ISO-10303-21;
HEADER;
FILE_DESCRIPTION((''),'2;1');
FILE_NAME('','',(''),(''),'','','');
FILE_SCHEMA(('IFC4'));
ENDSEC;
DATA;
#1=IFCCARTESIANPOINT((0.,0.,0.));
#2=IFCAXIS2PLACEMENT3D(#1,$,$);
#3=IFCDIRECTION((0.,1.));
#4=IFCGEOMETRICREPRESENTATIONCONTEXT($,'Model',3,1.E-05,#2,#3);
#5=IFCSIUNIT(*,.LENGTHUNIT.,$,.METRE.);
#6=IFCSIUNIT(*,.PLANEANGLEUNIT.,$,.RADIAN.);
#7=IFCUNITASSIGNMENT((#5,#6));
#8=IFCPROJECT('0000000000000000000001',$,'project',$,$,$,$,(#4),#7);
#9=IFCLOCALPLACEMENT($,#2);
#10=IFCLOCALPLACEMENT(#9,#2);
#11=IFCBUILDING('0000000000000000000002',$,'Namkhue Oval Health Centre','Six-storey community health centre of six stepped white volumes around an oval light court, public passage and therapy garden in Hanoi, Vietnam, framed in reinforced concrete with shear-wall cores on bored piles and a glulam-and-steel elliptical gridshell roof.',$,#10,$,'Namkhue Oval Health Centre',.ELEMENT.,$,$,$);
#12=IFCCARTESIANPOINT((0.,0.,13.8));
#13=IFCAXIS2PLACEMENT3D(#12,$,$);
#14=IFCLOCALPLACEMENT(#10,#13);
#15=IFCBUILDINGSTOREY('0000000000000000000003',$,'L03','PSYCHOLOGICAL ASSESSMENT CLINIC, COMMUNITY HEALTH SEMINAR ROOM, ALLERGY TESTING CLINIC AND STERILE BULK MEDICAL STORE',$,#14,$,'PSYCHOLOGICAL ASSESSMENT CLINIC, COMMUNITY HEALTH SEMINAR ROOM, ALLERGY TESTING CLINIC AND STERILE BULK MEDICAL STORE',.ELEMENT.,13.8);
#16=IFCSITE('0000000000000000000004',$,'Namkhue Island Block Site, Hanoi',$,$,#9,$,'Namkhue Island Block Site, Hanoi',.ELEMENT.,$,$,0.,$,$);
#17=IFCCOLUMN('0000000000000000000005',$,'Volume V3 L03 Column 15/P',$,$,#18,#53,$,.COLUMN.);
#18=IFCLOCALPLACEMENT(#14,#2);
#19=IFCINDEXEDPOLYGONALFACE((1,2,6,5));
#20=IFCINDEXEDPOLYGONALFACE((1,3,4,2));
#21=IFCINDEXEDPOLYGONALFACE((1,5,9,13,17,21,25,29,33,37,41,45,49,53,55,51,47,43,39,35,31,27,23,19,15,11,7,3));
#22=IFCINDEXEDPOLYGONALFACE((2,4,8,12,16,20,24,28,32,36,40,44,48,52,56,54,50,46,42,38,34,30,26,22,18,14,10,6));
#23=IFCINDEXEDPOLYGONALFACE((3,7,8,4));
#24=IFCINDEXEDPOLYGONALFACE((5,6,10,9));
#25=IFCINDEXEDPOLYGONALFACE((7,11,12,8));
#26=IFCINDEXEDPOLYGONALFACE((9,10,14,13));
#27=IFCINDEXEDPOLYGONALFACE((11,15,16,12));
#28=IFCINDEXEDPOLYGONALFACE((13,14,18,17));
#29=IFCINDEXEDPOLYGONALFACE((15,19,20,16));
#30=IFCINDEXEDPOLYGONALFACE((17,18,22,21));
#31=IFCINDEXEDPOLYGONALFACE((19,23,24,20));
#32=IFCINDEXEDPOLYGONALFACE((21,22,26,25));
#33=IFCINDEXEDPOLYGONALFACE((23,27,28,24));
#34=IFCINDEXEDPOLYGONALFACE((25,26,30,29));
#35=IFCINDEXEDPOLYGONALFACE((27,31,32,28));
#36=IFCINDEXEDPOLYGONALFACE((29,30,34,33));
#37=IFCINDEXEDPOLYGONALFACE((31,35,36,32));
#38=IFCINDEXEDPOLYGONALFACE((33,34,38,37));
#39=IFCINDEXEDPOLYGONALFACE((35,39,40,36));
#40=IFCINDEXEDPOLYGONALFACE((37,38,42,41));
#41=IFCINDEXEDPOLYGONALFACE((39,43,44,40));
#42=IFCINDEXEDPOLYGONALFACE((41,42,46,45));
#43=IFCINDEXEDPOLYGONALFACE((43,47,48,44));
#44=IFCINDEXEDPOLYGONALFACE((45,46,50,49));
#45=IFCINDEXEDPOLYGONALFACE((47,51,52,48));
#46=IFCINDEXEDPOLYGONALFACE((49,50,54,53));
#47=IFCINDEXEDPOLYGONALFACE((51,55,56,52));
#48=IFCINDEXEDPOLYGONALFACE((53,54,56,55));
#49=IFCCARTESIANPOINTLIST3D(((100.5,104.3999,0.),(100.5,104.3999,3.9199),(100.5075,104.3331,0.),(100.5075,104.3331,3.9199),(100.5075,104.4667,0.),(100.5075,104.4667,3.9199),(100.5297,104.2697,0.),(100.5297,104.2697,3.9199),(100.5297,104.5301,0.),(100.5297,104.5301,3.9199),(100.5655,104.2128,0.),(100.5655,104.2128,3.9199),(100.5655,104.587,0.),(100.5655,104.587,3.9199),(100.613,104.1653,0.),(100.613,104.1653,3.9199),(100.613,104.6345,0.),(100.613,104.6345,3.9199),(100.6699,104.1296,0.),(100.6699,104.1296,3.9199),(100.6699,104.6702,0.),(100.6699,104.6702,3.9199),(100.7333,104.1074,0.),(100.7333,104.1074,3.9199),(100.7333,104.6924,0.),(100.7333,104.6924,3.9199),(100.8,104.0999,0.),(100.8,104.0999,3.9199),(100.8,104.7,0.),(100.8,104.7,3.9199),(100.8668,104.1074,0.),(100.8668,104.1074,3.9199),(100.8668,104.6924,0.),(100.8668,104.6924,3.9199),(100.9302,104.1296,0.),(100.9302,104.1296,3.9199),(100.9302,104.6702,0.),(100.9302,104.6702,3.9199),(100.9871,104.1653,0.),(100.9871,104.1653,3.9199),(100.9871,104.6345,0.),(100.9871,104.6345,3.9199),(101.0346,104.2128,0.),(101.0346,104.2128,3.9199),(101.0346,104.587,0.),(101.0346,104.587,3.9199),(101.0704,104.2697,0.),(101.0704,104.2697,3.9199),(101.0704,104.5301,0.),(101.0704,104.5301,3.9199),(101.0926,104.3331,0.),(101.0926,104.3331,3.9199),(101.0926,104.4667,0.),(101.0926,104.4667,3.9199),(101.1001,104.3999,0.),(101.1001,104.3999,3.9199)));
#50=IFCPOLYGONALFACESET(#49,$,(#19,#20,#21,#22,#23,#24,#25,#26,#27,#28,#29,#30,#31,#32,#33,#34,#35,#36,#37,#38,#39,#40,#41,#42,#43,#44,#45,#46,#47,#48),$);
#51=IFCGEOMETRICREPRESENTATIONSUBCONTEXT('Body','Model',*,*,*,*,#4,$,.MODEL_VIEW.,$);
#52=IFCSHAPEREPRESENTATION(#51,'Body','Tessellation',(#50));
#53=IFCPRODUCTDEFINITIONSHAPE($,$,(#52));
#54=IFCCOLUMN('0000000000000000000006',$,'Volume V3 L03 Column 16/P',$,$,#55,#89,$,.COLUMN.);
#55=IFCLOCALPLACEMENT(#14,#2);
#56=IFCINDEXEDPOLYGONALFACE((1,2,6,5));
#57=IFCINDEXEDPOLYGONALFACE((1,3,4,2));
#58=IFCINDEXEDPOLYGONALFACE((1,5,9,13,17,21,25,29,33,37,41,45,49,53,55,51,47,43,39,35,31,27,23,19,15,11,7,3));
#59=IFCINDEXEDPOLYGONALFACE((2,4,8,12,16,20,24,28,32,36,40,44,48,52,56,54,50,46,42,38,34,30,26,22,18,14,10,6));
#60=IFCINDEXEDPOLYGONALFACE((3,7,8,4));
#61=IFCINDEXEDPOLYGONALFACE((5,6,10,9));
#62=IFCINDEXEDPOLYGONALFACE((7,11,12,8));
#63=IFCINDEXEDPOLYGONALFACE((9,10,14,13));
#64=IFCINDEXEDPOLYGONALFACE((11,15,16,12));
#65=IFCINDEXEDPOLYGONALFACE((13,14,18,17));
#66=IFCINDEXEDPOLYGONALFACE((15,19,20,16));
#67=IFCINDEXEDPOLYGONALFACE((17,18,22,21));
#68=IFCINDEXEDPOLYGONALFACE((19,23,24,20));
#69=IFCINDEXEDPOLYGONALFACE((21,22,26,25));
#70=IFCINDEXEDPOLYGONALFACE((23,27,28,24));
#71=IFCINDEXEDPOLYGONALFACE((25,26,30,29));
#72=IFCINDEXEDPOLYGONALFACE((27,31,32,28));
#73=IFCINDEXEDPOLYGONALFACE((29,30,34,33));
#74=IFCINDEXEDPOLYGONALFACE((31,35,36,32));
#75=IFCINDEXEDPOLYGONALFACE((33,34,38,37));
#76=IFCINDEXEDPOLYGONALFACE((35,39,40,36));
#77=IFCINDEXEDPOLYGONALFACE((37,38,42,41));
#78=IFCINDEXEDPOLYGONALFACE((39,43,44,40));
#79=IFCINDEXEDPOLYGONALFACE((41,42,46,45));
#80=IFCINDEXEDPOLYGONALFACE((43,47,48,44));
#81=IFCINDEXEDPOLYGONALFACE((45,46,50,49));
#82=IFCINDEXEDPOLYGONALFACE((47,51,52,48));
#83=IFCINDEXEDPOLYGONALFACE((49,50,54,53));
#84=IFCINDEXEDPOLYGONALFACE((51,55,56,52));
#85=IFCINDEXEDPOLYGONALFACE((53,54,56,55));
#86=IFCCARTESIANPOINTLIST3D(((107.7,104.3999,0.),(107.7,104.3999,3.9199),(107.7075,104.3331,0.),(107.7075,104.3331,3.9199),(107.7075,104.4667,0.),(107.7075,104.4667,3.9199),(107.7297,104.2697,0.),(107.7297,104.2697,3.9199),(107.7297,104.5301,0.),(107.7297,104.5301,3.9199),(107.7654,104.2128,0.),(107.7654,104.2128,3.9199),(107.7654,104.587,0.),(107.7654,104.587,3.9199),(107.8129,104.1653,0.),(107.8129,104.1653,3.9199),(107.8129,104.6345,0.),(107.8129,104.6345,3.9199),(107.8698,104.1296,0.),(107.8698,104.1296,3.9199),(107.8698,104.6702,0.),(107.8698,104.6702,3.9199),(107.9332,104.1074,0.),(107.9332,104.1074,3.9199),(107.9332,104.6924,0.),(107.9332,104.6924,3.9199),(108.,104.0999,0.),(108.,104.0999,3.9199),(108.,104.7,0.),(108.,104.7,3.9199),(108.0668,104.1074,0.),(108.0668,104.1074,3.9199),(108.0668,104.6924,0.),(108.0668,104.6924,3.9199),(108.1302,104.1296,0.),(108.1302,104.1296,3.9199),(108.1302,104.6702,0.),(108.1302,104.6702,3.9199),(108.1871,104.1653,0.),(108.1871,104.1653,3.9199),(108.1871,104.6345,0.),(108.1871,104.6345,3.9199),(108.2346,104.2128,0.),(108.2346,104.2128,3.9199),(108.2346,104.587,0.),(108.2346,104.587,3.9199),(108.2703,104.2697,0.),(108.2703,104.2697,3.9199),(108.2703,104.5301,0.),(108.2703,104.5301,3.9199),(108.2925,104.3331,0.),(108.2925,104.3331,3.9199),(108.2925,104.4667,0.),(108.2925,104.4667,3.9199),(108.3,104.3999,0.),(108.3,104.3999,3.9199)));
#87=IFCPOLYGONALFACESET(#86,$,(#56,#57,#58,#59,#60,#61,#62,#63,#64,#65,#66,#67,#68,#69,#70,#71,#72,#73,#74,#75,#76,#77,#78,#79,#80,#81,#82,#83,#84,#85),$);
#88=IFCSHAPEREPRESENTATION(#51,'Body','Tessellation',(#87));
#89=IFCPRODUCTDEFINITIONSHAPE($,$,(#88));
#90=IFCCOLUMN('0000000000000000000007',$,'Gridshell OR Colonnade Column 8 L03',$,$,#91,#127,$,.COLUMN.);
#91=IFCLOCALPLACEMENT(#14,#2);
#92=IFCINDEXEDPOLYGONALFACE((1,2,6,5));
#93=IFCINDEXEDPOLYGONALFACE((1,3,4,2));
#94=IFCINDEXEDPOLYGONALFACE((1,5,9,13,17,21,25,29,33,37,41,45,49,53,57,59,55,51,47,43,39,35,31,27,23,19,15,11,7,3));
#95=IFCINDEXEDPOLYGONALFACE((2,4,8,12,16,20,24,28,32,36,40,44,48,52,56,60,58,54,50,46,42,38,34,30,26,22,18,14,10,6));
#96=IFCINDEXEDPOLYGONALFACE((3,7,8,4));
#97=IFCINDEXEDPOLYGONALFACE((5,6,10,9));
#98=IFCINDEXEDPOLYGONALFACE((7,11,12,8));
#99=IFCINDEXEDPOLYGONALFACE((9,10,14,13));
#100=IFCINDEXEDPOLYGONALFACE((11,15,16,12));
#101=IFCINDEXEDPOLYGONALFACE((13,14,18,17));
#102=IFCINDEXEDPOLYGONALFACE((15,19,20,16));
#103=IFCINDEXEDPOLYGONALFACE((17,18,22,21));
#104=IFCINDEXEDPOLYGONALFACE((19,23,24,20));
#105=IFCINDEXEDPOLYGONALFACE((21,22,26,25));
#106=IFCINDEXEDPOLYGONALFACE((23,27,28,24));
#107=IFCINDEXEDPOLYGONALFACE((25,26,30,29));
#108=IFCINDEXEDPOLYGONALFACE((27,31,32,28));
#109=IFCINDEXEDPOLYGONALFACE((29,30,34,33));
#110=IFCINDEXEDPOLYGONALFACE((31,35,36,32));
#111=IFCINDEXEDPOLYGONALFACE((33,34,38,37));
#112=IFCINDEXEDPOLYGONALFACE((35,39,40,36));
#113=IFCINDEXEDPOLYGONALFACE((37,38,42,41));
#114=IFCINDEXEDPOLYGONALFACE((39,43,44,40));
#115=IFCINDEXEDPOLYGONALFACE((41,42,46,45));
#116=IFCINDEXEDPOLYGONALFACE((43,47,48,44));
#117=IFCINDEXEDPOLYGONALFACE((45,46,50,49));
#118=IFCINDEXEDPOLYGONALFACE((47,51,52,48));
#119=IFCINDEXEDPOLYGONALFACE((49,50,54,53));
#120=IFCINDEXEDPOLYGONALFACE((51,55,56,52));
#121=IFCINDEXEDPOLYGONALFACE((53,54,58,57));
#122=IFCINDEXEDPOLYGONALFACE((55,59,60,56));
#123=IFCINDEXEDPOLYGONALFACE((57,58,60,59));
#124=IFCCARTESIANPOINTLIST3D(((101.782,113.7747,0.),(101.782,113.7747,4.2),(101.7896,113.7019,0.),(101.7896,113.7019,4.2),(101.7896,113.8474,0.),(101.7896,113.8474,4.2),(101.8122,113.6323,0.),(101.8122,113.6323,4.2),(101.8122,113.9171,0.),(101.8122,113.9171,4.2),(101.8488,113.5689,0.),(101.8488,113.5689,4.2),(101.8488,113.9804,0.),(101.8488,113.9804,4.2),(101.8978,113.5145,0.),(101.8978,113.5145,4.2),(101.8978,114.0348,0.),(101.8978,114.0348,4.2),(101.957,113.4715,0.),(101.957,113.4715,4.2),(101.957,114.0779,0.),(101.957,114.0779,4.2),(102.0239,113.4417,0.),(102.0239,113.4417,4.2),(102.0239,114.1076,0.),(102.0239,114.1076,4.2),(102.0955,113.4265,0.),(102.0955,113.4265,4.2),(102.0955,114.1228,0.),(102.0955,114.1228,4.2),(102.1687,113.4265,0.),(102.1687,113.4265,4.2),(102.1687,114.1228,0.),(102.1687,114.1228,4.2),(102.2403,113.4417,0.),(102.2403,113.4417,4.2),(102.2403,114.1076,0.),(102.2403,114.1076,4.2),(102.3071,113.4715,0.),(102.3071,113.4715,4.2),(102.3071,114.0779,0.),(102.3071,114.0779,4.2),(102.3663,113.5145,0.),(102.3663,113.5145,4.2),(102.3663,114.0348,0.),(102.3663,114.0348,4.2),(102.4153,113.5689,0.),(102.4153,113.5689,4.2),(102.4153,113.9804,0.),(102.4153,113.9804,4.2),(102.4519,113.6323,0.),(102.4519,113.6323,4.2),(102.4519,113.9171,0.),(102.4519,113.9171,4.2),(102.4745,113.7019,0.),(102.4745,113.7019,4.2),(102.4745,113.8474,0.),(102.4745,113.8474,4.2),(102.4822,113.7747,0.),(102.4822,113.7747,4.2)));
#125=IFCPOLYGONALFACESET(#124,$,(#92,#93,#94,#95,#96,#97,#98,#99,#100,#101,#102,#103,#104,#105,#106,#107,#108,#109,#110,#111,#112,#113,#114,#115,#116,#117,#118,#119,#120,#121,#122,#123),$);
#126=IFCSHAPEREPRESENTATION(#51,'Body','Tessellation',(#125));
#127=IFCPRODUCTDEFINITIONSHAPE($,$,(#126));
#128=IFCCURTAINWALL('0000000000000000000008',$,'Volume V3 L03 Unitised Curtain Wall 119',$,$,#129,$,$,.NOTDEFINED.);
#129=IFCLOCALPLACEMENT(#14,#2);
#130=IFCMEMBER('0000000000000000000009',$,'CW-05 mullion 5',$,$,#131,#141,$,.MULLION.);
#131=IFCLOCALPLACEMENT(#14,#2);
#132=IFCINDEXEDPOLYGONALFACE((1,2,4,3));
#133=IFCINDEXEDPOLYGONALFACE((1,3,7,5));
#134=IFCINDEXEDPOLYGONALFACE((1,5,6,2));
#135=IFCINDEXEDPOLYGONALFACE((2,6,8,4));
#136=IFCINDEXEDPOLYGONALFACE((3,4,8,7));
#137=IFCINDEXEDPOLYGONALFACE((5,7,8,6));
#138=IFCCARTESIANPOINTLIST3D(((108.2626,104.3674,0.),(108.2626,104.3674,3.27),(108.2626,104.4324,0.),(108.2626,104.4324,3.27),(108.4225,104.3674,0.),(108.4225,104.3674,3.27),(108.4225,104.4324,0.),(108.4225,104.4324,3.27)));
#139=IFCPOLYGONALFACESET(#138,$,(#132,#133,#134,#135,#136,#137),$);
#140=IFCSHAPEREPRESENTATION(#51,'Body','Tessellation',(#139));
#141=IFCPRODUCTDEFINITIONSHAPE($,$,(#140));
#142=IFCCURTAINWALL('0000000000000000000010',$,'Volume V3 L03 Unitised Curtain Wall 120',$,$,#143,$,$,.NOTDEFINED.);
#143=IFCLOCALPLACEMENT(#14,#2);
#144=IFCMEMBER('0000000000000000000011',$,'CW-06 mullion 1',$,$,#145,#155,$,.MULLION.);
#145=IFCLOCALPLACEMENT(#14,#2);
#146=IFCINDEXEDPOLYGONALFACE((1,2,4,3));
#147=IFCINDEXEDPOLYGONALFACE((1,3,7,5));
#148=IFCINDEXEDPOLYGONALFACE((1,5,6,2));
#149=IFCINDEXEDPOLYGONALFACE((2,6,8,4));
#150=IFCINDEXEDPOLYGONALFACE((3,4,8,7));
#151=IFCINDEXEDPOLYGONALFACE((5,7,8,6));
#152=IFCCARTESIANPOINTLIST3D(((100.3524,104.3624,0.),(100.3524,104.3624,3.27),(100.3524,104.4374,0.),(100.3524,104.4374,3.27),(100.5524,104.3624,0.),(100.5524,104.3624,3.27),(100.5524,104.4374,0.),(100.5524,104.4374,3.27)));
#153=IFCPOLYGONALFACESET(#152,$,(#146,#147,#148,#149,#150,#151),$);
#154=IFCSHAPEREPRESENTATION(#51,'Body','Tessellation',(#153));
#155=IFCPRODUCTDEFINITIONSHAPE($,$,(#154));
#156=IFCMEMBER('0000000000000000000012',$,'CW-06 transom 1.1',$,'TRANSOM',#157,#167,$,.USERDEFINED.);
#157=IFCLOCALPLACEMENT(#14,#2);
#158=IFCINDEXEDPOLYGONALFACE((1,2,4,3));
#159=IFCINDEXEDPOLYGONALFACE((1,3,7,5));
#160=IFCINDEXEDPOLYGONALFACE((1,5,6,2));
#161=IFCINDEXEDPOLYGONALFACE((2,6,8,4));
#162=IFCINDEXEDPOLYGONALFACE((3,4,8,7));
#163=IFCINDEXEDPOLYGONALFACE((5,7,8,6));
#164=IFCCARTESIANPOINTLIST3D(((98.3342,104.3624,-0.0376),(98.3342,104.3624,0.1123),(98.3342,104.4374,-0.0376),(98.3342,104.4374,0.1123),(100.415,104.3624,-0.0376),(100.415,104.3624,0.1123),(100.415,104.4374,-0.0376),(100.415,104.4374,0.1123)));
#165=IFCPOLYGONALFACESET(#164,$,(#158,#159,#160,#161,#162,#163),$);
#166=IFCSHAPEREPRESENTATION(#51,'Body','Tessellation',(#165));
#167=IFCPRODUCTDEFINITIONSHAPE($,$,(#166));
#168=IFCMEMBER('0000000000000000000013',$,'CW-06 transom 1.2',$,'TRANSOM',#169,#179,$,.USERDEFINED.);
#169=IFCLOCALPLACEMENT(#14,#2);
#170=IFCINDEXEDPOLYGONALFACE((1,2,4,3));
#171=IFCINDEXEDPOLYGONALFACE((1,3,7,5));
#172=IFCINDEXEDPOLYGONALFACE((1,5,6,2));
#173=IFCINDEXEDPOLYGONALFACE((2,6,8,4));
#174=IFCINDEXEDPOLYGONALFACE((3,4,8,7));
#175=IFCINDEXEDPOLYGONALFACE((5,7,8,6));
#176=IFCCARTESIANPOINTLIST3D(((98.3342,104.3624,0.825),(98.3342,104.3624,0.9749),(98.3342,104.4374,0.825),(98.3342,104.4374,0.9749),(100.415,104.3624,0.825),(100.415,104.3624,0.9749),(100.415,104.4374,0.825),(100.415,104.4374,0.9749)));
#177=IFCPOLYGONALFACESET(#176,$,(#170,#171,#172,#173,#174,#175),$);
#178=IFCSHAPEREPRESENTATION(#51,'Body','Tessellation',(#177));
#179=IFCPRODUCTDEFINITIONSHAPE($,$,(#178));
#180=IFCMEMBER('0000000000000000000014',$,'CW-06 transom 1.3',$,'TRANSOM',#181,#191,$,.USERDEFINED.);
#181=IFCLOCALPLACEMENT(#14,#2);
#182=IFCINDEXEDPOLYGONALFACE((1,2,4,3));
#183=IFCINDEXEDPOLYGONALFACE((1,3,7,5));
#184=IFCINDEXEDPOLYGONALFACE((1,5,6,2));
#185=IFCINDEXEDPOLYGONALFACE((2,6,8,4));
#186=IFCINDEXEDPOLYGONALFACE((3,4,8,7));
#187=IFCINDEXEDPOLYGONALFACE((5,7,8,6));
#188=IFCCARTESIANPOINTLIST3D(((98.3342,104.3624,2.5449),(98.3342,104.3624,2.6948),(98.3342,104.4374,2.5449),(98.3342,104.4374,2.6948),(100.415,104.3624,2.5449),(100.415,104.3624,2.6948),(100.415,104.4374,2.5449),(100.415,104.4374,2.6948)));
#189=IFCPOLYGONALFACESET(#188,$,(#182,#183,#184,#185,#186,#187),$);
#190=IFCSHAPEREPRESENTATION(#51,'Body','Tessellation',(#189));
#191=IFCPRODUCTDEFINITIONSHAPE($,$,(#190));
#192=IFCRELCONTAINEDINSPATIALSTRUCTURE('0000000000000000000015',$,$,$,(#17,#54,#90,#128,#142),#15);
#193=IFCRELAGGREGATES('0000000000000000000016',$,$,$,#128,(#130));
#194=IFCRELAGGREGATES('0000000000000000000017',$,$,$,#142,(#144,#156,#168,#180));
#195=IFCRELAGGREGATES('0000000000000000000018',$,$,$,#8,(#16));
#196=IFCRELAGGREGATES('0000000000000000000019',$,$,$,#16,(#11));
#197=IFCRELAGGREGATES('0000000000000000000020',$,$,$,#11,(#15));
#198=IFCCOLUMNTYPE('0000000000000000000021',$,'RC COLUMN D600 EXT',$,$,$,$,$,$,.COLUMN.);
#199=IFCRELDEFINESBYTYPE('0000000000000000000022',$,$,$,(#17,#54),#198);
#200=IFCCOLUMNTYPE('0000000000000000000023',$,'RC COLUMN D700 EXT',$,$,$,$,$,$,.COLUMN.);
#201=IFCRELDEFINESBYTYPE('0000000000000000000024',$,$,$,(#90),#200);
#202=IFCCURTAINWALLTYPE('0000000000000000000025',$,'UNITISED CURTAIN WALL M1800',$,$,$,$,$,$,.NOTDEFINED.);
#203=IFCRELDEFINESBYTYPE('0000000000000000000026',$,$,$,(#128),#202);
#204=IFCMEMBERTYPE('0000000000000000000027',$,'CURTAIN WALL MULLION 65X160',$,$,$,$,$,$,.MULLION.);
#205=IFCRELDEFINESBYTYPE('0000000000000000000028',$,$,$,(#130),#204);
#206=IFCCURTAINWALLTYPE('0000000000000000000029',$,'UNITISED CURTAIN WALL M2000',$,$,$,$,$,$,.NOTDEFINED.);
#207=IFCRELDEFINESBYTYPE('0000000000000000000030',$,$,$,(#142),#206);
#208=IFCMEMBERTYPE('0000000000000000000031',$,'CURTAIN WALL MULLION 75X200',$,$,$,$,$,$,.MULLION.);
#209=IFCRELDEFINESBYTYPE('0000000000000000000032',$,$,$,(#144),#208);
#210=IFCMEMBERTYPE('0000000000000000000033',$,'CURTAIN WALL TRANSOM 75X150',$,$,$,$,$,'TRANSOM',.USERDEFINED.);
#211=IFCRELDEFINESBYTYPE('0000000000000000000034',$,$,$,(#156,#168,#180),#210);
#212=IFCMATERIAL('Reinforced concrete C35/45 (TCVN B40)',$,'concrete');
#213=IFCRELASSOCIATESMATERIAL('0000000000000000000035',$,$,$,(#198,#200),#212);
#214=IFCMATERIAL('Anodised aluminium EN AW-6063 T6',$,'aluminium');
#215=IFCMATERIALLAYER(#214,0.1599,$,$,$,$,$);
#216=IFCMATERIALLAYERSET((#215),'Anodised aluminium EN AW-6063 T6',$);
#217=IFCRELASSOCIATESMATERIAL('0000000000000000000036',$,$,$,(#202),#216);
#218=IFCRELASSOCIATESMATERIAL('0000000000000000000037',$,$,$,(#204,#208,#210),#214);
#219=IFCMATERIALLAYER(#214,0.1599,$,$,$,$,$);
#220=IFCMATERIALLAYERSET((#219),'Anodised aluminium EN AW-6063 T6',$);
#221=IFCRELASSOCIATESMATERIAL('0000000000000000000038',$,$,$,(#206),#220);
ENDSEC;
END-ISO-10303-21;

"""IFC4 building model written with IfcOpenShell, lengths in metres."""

from ifc_helpers import new_model, si_unit, direction, frame, origin, origin_2d, place, context, subcontext, project, spatial, rectangle, circle, extrude, material, layer, layer_set, material_profile, profile_set, type_object, element, aggregate, save


model = new_model("IFC4")

# Units and contexts
model_context = context("Model", 3, precision=1e-05, world=origin(), true_north=direction((0.0, 1.0)))
body_context = subcontext(model_context, "Body", "Model", "MODEL_VIEW")
ifc_project = project(units=[si_unit("LENGTHUNIT", "METRE"), si_unit("PLANEANGLEUNIT", "RADIAN")], contexts=[model_context])

# Site, building, storey
site_placement = place(None, origin())
site = spatial("IfcSite", under=ifc_project, at=site_placement, Name="Namkhue Island Block Site, Hanoi", LongName="Namkhue Island Block Site, Hanoi", CompositionType="ELEMENT", RefElevation=0.0)
building_placement = place(site_placement, origin())
building = spatial("IfcBuilding", under=site, at=building_placement, Name="Namkhue Oval Health Centre", Description="Six-storey community health centre of six stepped white volumes around an oval light court, public passage and therapy garden in Hanoi, Vietnam, framed in reinforced concrete with shear-wall cores on bored piles and a glulam-and-steel elliptical gridshell roof.", LongName="Namkhue Oval Health Centre", CompositionType="ELEMENT")
storey_placement = place(building_placement, frame((0.0, 0.0, 13.8)))
storey = spatial("IfcBuildingStorey", under=building, at=storey_placement, Name="L03", Description="PSYCHOLOGICAL ASSESSMENT CLINIC, COMMUNITY HEALTH SEMINAR ROOM, ALLERGY TESTING CLINIC AND STERILE BULK MEDICAL STORE", LongName="PSYCHOLOGICAL ASSESSMENT CLINIC, COMMUNITY HEALTH SEMINAR ROOM, ALLERGY TESTING CLINIC AND STERILE BULK MEDICAL STORE", CompositionType="ELEMENT", Elevation=13.8)

# Columns
ifc_material_1 = material(Name="Reinforced concrete C35/45 (TCVN B40)", Category="concrete")
ifc_material_profile_1 = material_profile(ifc_material_1, circle(Radius=0.3, at=origin_2d()), Name="RC D600")
ifc_profile_set_1 = profile_set([ifc_material_profile_1], Name="Reinforced concrete C35/45 (TCVN B40)")
column_type_1 = type_object("IfcColumnType", Name="RC COLUMN D600 EXT", PredefinedType="COLUMN", material=ifc_profile_set_1)
for number, where, z_axis, x_axis, name in (
    (1, (100.8, 104.3999, 0.0), (0.0, 0.0, 1.0), (1.0, 0.0, 0.0), "Volume V3 L03 Column 15/P"),
    (2, (108.0, 104.3999, 0.0), (0.0, 0.0, 1.0), (1.0, 0.0, 0.0), "Volume V3 L03 Column 16/P"),
):
    element("IfcColumn", number, at=place(storey_placement, frame(where, z_axis=z_axis, x_axis=x_axis)), inside=storey, type_object=column_type_1, Name=name, PredefinedType="COLUMN", context=body_context, shape_type="SweptSolid", body=[
        extrude(circle(Radius=0.3, at=origin_2d()), origin(), (0.0, 0.0, 1.0), 3.9199),
    ])
ifc_material_profile_2 = material_profile(ifc_material_1, circle(Radius=0.3501, at=origin_2d()), Name="RC D700")
ifc_profile_set_2 = profile_set([ifc_material_profile_2], Name="Reinforced concrete C35/45 (TCVN B40)")
column_type_2 = type_object("IfcColumnType", Name="RC COLUMN D700 EXT", PredefinedType="COLUMN", material=ifc_profile_set_2)
column_placement = place(storey_placement, frame((102.1321, 113.7747, 0.0), z_axis=(0.0, 0.0, 1.0), x_axis=(1.0, 0.0, 0.0)))
element("IfcColumn", 3, at=column_placement, inside=storey, type_object=column_type_2, Name="Gridshell OR Colonnade Column 8 L03", PredefinedType="COLUMN", context=body_context, shape_type="SweptSolid", body=[
    extrude(circle(Radius=0.3501, at=origin_2d()), origin(), (0.0, 0.0, 1.0), 4.2),
])

# Curtain wall, member
ifc_material_2 = material(Name="Anodised aluminium EN AW-6063 T6", Category="aluminium")
ifc_layer_1 = layer(ifc_material_2, 0.1599)
ifc_layer_set_1 = layer_set([ifc_layer_1], Name="Anodised aluminium EN AW-6063 T6")
curtain_wall_type_1 = type_object("IfcCurtainWallType", Name="UNITISED CURTAIN WALL M1800", PredefinedType="NOTDEFINED", material=ifc_layer_set_1)
curtain_wall_1_placement = place(storey_placement, origin())
curtain_wall_1 = element("IfcCurtainWall", 4, at=curtain_wall_1_placement, inside=storey, type_object=curtain_wall_type_1, Name="Volume V3 L03 Unitised Curtain Wall 119", PredefinedType="NOTDEFINED")
ifc_material_profile_3 = material_profile(ifc_material_2, rectangle(XDim=0.0649, YDim=0.1599, at=origin_2d()), Name="ALU 65x160")
ifc_profile_set_3 = profile_set([ifc_material_profile_3], Name="Anodised aluminium EN AW-6063 T6")
member_type_1 = type_object("IfcMemberType", Name="CURTAIN WALL MULLION 65X160", PredefinedType="MULLION", material=ifc_profile_set_3)
member_1_placement = place(storey_placement, frame((108.3425, 104.3999, 0.0), z_axis=(0.0, 0.0, 1.0), x_axis=(0.0, -1.0, 0.0)))
member_1 = element("IfcMember", 5, at=member_1_placement, type_object=member_type_1, Name="CW-05 mullion 5", PredefinedType="MULLION", context=body_context, shape_type="SweptSolid", body=[
    extrude(rectangle(XDim=0.0649, YDim=0.1599, at=origin_2d()), origin(), (0.0, 0.0, 1.0), 3.27),
])
aggregate(curtain_wall_1, [member_1])

# Curtain wall, members
ifc_layer_2 = layer(ifc_material_2, 0.1599)
ifc_layer_set_2 = layer_set([ifc_layer_2], Name="Anodised aluminium EN AW-6063 T6")
curtain_wall_type_2 = type_object("IfcCurtainWallType", Name="UNITISED CURTAIN WALL M2000", PredefinedType="NOTDEFINED", material=ifc_layer_set_2)
curtain_wall_2_placement = place(storey_placement, origin())
curtain_wall_2 = element("IfcCurtainWall", 6, at=curtain_wall_2_placement, inside=storey, type_object=curtain_wall_type_2, Name="Volume V3 L03 Unitised Curtain Wall 120", PredefinedType="NOTDEFINED")
ifc_material_profile_4 = material_profile(ifc_material_2, rectangle(XDim=0.075, YDim=0.2, at=origin_2d()), Name="ALU 75x200")
ifc_profile_set_4 = profile_set([ifc_material_profile_4], Name="Anodised aluminium EN AW-6063 T6")
member_type_2 = type_object("IfcMemberType", Name="CURTAIN WALL MULLION 75X200", PredefinedType="MULLION", material=ifc_profile_set_4)
member_2_placement = place(storey_placement, frame((100.4524, 104.3999, 0.0), z_axis=(0.0, 0.0, 1.0), x_axis=(0.0, -1.0, 0.0)))
member_2 = element("IfcMember", 7, at=member_2_placement, type_object=member_type_2, Name="CW-06 mullion 1", PredefinedType="MULLION", context=body_context, shape_type="SweptSolid", body=[
    extrude(rectangle(XDim=0.075, YDim=0.2, at=origin_2d()), origin(), (0.0, 0.0, 1.0), 3.27),
])
ifc_material_profile_5 = material_profile(ifc_material_2, rectangle(XDim=0.075, YDim=0.1499, at=origin_2d()), Name="ALU 75x150")
ifc_profile_set_5 = profile_set([ifc_material_profile_5], Name="Anodised aluminium EN AW-6063 T6")
member_type_3 = type_object("IfcMemberType", Name="CURTAIN WALL TRANSOM 75X150", ElementType="TRANSOM", PredefinedType="USERDEFINED", material=ifc_profile_set_5)
member_3_placement = place(storey_placement, frame((100.415, 104.3999, 0.0374), z_axis=(-1.0, 0.0, 0.0), x_axis=(0.0, -1.0, 0.0)))
member_3 = element("IfcMember", 8, at=member_3_placement, type_object=member_type_3, Name="CW-06 transom 1.1", ObjectType="TRANSOM", PredefinedType="USERDEFINED", context=body_context, shape_type="SweptSolid", body=[
    extrude(rectangle(XDim=0.075, YDim=0.1499, at=origin_2d()), origin(), (0.0, 0.0, 1.0), 2.0808),
])
member_4_placement = place(storey_placement, frame((100.415, 104.3999, 0.8999), z_axis=(-1.0, 0.0, 0.0), x_axis=(0.0, -1.0, 0.0)))
member_4 = element("IfcMember", 9, at=member_4_placement, type_object=member_type_3, Name="CW-06 transom 1.2", ObjectType="TRANSOM", PredefinedType="USERDEFINED", context=body_context, shape_type="SweptSolid", body=[
    extrude(rectangle(XDim=0.075, YDim=0.1499, at=origin_2d()), origin(), (0.0, 0.0, 1.0), 2.0808),
])
member_5_placement = place(storey_placement, frame((100.415, 104.3999, 2.6199), z_axis=(-1.0, 0.0, 0.0), x_axis=(0.0, -1.0, 0.0)))
member_5 = element("IfcMember", 10, at=member_5_placement, type_object=member_type_3, Name="CW-06 transom 1.3", ObjectType="TRANSOM", PredefinedType="USERDEFINED", context=body_context, shape_type="SweptSolid", body=[
    extrude(rectangle(XDim=0.075, YDim=0.1499, at=origin_2d()), origin(), (0.0, 0.0, 1.0), 2.0808),
])

aggregate(curtain_wall_2, [member_2, member_3, member_4, member_5])

save(model, "model.ifc")
